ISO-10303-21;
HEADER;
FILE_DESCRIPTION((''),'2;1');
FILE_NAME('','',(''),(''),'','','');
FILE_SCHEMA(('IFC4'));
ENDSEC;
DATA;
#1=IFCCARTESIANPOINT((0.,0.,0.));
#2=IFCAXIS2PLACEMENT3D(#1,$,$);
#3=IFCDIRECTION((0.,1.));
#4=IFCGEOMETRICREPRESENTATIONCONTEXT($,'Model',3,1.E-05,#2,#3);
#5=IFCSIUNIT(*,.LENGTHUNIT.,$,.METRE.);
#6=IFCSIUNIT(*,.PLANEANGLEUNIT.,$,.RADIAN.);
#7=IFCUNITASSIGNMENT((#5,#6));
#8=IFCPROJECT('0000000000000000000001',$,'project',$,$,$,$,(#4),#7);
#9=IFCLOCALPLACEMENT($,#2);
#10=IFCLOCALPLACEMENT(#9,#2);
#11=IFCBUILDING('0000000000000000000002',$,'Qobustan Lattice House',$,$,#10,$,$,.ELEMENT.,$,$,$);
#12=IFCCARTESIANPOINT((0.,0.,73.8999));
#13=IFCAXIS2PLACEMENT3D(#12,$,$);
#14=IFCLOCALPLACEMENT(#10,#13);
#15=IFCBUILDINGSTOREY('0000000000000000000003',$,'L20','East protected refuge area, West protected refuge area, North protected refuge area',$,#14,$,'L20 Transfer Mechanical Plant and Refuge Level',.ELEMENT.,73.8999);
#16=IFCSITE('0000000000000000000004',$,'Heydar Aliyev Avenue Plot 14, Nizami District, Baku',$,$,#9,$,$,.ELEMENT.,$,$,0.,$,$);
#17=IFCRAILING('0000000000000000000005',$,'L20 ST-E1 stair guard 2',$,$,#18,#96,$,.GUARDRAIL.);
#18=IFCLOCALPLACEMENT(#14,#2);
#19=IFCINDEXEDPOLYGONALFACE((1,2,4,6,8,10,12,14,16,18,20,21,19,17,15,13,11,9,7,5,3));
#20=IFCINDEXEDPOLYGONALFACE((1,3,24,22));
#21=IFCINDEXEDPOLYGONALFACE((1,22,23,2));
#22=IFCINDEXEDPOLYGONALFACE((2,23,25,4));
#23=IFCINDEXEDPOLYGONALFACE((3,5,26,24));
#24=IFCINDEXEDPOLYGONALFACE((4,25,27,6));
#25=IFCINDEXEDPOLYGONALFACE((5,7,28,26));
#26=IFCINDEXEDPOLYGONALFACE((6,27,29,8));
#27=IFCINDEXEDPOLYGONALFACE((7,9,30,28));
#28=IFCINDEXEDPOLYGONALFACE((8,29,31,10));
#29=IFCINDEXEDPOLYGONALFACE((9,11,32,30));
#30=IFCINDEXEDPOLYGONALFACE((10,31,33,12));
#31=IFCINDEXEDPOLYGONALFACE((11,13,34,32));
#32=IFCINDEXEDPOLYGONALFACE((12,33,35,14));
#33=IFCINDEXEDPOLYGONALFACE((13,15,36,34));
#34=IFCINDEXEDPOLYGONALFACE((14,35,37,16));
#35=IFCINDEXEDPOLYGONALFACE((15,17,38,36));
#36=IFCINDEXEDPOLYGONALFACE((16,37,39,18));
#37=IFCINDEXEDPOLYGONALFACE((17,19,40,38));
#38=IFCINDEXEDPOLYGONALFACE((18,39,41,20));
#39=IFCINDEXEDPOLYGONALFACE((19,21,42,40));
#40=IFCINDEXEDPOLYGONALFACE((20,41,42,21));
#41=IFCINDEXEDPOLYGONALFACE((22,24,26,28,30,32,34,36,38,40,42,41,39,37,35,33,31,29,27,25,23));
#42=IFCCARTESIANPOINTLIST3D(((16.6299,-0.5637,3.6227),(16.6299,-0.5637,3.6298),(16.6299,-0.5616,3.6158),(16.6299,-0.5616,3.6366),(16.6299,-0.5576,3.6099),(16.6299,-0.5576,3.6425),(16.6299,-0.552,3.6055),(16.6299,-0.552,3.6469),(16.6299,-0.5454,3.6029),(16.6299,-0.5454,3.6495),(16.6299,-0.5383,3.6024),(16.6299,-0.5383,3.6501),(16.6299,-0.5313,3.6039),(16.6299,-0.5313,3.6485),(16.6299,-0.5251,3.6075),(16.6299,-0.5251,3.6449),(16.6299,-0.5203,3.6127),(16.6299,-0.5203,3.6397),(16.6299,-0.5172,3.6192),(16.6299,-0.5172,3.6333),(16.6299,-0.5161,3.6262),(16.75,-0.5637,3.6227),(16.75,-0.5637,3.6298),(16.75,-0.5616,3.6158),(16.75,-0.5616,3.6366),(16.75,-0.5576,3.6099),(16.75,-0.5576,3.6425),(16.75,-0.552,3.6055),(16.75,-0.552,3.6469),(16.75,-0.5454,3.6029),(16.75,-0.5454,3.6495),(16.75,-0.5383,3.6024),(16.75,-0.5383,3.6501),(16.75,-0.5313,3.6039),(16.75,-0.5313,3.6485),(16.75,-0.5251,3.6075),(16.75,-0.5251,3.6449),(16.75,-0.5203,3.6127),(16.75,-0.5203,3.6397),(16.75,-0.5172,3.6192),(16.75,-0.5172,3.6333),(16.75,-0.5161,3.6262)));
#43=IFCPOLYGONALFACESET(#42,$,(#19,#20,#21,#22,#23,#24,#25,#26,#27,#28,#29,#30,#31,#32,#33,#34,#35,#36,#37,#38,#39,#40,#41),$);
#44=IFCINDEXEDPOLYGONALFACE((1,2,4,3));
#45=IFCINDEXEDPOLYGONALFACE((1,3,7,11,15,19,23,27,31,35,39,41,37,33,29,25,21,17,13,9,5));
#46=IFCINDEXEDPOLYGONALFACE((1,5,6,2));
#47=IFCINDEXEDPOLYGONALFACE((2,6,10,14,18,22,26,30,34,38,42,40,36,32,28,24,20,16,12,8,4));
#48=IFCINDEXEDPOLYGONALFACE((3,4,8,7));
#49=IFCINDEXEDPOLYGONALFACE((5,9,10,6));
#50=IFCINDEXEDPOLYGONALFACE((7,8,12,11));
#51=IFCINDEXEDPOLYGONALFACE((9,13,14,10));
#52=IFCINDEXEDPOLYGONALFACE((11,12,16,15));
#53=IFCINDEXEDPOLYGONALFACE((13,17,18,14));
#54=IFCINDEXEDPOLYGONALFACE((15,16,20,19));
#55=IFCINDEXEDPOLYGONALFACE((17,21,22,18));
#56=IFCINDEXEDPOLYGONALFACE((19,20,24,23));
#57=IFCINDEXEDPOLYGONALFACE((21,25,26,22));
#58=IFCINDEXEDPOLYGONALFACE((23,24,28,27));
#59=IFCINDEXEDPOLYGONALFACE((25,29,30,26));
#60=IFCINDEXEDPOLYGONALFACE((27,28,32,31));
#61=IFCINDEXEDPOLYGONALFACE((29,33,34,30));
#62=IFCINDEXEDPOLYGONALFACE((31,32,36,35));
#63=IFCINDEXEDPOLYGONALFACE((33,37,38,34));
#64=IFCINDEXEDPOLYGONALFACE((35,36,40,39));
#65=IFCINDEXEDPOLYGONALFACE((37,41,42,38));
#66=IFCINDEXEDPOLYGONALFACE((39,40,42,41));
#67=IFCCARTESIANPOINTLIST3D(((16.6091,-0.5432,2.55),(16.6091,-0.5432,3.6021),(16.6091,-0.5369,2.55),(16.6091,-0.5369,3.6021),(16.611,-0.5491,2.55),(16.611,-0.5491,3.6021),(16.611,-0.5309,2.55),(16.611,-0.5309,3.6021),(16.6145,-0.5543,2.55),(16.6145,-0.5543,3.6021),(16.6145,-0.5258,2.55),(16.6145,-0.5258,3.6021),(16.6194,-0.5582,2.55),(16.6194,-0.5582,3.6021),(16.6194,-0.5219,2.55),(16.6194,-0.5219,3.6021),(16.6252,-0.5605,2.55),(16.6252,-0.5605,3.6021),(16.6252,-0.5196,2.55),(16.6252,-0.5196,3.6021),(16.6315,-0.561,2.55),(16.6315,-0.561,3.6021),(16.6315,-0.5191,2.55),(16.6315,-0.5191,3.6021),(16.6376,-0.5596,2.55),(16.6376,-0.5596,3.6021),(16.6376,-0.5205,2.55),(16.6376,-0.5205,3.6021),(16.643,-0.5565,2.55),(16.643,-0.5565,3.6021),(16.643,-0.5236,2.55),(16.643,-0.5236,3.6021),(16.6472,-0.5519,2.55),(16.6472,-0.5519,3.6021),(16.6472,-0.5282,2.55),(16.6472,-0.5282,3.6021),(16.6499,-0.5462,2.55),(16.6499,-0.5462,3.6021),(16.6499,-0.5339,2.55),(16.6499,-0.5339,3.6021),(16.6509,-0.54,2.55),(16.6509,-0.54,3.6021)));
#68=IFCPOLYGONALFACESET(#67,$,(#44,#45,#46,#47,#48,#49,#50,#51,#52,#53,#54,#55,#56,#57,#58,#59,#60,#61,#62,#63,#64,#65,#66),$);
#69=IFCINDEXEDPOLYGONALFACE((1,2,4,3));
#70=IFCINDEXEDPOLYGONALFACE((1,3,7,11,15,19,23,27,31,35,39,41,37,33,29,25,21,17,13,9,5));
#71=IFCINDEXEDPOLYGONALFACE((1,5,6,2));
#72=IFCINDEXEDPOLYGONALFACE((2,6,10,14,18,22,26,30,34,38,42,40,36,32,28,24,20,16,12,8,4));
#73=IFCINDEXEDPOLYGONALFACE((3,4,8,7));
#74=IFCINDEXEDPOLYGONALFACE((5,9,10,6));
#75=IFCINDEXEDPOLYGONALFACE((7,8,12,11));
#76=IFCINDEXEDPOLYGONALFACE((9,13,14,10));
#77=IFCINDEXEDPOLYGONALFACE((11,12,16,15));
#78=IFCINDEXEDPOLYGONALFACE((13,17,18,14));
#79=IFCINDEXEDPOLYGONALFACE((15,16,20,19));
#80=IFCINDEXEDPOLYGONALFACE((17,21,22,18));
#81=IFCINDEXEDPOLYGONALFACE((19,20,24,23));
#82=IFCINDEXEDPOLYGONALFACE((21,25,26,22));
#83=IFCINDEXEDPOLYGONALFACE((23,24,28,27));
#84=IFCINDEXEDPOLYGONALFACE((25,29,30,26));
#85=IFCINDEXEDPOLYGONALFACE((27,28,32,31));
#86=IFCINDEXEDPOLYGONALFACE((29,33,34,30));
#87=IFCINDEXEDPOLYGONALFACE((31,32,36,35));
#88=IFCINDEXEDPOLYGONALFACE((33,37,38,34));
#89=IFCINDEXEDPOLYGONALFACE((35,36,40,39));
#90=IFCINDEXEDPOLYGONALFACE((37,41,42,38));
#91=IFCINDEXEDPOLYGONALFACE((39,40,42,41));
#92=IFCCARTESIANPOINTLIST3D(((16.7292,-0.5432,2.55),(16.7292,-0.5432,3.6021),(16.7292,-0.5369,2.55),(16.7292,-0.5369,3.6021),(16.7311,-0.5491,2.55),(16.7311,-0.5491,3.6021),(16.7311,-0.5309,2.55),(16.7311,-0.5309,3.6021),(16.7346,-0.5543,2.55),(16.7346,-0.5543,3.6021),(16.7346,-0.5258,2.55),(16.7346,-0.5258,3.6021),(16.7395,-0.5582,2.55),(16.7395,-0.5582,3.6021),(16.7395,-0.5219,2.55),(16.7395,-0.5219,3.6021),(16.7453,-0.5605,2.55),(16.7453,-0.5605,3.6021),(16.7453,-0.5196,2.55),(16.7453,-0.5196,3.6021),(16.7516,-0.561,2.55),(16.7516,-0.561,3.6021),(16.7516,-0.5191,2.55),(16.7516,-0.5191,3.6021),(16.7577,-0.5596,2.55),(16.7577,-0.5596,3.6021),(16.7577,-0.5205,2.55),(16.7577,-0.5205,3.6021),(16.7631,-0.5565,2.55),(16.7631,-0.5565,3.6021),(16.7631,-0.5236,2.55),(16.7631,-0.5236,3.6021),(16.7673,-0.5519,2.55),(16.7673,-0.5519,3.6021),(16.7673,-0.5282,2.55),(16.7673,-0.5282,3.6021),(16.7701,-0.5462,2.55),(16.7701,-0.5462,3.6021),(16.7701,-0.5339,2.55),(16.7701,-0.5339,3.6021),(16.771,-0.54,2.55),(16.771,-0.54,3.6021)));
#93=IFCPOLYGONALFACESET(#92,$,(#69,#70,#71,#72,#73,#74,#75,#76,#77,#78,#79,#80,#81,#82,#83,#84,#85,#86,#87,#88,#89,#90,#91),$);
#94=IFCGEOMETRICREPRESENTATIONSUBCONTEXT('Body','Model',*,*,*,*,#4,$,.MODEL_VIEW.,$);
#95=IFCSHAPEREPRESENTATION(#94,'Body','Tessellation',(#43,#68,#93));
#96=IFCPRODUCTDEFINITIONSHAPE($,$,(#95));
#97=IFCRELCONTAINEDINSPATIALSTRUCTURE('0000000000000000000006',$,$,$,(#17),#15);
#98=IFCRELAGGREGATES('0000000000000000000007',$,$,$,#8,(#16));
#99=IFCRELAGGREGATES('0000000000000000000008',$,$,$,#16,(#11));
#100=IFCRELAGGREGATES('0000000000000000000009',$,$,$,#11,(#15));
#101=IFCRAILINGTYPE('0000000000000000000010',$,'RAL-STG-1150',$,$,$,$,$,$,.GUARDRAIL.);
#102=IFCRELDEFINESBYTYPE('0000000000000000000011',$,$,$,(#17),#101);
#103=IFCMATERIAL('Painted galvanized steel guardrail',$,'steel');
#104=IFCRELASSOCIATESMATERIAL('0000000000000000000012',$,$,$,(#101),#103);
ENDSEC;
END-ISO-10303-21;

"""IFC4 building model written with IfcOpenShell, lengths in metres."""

from ifc_helpers import new_model, si_unit, direction, frame, origin, origin_2d, place, context, subcontext, project, spatial, circle, extrude, material, type_object, element, save


model = new_model("IFC4")

# Units and contexts
model_context = context("Model", 3, precision=1e-05, world=origin(), true_north=direction((0.0, 1.0)))
body_context = subcontext(model_context, "Body", "Model", "MODEL_VIEW")
ifc_project = project(units=[si_unit("LENGTHUNIT", "METRE"), si_unit("PLANEANGLEUNIT", "RADIAN")], contexts=[model_context])

# Site, building, storey
site_placement = place(None, origin())
site = spatial("IfcSite", under=ifc_project, at=site_placement, Name="Heydar Aliyev Avenue Plot 14, Nizami District, Baku", CompositionType="ELEMENT", RefElevation=0.0)
building_placement = place(site_placement, origin())
building = spatial("IfcBuilding", under=site, at=building_placement, Name="Qobustan Lattice House", CompositionType="ELEMENT")
storey_placement = place(building_placement, frame((0.0, 0.0, 73.8999)))
storey = spatial("IfcBuildingStorey", under=building, at=storey_placement, Name="L20", Description="East protected refuge area, West protected refuge area, North protected refuge area", LongName="L20 Transfer Mechanical Plant and Refuge Level", CompositionType="ELEMENT", Elevation=73.8999)

# Railing
ifc_material_1 = material(Name="Painted galvanized steel guardrail", Category="steel")
railing_type_1 = type_object("IfcRailingType", Name="RAL-STG-1150", PredefinedType="GUARDRAIL", material=ifc_material_1)
railing_1_placement = place(storey_placement, frame((16.6299, -0.54, 2.55)))
element("IfcRailing", 1, at=railing_1_placement, inside=storey, type_object=railing_type_1, Name="L20 ST-E1 stair guard 2", PredefinedType="GUARDRAIL", context=body_context, shape_type="SweptSolid", body=[
    extrude(circle(Radius=0.0239, at=origin_2d()), frame((0.0, 0.0, 1.0762), z_axis=(1.0, 0.0, 0.0), x_axis=(0.0, 1.0, 0.0)), (0.0, 0.0, 1.0), 0.1201),
    extrude(circle(Radius=0.021, at=origin_2d()), origin(), (0.0, 0.0, 1.0), 1.052),
    extrude(circle(Radius=0.021, at=origin_2d()), frame((0.1201, 0.0, 0.0)), (0.0, 0.0, 1.0), 1.052),
])

save(model, "model.ifc")
